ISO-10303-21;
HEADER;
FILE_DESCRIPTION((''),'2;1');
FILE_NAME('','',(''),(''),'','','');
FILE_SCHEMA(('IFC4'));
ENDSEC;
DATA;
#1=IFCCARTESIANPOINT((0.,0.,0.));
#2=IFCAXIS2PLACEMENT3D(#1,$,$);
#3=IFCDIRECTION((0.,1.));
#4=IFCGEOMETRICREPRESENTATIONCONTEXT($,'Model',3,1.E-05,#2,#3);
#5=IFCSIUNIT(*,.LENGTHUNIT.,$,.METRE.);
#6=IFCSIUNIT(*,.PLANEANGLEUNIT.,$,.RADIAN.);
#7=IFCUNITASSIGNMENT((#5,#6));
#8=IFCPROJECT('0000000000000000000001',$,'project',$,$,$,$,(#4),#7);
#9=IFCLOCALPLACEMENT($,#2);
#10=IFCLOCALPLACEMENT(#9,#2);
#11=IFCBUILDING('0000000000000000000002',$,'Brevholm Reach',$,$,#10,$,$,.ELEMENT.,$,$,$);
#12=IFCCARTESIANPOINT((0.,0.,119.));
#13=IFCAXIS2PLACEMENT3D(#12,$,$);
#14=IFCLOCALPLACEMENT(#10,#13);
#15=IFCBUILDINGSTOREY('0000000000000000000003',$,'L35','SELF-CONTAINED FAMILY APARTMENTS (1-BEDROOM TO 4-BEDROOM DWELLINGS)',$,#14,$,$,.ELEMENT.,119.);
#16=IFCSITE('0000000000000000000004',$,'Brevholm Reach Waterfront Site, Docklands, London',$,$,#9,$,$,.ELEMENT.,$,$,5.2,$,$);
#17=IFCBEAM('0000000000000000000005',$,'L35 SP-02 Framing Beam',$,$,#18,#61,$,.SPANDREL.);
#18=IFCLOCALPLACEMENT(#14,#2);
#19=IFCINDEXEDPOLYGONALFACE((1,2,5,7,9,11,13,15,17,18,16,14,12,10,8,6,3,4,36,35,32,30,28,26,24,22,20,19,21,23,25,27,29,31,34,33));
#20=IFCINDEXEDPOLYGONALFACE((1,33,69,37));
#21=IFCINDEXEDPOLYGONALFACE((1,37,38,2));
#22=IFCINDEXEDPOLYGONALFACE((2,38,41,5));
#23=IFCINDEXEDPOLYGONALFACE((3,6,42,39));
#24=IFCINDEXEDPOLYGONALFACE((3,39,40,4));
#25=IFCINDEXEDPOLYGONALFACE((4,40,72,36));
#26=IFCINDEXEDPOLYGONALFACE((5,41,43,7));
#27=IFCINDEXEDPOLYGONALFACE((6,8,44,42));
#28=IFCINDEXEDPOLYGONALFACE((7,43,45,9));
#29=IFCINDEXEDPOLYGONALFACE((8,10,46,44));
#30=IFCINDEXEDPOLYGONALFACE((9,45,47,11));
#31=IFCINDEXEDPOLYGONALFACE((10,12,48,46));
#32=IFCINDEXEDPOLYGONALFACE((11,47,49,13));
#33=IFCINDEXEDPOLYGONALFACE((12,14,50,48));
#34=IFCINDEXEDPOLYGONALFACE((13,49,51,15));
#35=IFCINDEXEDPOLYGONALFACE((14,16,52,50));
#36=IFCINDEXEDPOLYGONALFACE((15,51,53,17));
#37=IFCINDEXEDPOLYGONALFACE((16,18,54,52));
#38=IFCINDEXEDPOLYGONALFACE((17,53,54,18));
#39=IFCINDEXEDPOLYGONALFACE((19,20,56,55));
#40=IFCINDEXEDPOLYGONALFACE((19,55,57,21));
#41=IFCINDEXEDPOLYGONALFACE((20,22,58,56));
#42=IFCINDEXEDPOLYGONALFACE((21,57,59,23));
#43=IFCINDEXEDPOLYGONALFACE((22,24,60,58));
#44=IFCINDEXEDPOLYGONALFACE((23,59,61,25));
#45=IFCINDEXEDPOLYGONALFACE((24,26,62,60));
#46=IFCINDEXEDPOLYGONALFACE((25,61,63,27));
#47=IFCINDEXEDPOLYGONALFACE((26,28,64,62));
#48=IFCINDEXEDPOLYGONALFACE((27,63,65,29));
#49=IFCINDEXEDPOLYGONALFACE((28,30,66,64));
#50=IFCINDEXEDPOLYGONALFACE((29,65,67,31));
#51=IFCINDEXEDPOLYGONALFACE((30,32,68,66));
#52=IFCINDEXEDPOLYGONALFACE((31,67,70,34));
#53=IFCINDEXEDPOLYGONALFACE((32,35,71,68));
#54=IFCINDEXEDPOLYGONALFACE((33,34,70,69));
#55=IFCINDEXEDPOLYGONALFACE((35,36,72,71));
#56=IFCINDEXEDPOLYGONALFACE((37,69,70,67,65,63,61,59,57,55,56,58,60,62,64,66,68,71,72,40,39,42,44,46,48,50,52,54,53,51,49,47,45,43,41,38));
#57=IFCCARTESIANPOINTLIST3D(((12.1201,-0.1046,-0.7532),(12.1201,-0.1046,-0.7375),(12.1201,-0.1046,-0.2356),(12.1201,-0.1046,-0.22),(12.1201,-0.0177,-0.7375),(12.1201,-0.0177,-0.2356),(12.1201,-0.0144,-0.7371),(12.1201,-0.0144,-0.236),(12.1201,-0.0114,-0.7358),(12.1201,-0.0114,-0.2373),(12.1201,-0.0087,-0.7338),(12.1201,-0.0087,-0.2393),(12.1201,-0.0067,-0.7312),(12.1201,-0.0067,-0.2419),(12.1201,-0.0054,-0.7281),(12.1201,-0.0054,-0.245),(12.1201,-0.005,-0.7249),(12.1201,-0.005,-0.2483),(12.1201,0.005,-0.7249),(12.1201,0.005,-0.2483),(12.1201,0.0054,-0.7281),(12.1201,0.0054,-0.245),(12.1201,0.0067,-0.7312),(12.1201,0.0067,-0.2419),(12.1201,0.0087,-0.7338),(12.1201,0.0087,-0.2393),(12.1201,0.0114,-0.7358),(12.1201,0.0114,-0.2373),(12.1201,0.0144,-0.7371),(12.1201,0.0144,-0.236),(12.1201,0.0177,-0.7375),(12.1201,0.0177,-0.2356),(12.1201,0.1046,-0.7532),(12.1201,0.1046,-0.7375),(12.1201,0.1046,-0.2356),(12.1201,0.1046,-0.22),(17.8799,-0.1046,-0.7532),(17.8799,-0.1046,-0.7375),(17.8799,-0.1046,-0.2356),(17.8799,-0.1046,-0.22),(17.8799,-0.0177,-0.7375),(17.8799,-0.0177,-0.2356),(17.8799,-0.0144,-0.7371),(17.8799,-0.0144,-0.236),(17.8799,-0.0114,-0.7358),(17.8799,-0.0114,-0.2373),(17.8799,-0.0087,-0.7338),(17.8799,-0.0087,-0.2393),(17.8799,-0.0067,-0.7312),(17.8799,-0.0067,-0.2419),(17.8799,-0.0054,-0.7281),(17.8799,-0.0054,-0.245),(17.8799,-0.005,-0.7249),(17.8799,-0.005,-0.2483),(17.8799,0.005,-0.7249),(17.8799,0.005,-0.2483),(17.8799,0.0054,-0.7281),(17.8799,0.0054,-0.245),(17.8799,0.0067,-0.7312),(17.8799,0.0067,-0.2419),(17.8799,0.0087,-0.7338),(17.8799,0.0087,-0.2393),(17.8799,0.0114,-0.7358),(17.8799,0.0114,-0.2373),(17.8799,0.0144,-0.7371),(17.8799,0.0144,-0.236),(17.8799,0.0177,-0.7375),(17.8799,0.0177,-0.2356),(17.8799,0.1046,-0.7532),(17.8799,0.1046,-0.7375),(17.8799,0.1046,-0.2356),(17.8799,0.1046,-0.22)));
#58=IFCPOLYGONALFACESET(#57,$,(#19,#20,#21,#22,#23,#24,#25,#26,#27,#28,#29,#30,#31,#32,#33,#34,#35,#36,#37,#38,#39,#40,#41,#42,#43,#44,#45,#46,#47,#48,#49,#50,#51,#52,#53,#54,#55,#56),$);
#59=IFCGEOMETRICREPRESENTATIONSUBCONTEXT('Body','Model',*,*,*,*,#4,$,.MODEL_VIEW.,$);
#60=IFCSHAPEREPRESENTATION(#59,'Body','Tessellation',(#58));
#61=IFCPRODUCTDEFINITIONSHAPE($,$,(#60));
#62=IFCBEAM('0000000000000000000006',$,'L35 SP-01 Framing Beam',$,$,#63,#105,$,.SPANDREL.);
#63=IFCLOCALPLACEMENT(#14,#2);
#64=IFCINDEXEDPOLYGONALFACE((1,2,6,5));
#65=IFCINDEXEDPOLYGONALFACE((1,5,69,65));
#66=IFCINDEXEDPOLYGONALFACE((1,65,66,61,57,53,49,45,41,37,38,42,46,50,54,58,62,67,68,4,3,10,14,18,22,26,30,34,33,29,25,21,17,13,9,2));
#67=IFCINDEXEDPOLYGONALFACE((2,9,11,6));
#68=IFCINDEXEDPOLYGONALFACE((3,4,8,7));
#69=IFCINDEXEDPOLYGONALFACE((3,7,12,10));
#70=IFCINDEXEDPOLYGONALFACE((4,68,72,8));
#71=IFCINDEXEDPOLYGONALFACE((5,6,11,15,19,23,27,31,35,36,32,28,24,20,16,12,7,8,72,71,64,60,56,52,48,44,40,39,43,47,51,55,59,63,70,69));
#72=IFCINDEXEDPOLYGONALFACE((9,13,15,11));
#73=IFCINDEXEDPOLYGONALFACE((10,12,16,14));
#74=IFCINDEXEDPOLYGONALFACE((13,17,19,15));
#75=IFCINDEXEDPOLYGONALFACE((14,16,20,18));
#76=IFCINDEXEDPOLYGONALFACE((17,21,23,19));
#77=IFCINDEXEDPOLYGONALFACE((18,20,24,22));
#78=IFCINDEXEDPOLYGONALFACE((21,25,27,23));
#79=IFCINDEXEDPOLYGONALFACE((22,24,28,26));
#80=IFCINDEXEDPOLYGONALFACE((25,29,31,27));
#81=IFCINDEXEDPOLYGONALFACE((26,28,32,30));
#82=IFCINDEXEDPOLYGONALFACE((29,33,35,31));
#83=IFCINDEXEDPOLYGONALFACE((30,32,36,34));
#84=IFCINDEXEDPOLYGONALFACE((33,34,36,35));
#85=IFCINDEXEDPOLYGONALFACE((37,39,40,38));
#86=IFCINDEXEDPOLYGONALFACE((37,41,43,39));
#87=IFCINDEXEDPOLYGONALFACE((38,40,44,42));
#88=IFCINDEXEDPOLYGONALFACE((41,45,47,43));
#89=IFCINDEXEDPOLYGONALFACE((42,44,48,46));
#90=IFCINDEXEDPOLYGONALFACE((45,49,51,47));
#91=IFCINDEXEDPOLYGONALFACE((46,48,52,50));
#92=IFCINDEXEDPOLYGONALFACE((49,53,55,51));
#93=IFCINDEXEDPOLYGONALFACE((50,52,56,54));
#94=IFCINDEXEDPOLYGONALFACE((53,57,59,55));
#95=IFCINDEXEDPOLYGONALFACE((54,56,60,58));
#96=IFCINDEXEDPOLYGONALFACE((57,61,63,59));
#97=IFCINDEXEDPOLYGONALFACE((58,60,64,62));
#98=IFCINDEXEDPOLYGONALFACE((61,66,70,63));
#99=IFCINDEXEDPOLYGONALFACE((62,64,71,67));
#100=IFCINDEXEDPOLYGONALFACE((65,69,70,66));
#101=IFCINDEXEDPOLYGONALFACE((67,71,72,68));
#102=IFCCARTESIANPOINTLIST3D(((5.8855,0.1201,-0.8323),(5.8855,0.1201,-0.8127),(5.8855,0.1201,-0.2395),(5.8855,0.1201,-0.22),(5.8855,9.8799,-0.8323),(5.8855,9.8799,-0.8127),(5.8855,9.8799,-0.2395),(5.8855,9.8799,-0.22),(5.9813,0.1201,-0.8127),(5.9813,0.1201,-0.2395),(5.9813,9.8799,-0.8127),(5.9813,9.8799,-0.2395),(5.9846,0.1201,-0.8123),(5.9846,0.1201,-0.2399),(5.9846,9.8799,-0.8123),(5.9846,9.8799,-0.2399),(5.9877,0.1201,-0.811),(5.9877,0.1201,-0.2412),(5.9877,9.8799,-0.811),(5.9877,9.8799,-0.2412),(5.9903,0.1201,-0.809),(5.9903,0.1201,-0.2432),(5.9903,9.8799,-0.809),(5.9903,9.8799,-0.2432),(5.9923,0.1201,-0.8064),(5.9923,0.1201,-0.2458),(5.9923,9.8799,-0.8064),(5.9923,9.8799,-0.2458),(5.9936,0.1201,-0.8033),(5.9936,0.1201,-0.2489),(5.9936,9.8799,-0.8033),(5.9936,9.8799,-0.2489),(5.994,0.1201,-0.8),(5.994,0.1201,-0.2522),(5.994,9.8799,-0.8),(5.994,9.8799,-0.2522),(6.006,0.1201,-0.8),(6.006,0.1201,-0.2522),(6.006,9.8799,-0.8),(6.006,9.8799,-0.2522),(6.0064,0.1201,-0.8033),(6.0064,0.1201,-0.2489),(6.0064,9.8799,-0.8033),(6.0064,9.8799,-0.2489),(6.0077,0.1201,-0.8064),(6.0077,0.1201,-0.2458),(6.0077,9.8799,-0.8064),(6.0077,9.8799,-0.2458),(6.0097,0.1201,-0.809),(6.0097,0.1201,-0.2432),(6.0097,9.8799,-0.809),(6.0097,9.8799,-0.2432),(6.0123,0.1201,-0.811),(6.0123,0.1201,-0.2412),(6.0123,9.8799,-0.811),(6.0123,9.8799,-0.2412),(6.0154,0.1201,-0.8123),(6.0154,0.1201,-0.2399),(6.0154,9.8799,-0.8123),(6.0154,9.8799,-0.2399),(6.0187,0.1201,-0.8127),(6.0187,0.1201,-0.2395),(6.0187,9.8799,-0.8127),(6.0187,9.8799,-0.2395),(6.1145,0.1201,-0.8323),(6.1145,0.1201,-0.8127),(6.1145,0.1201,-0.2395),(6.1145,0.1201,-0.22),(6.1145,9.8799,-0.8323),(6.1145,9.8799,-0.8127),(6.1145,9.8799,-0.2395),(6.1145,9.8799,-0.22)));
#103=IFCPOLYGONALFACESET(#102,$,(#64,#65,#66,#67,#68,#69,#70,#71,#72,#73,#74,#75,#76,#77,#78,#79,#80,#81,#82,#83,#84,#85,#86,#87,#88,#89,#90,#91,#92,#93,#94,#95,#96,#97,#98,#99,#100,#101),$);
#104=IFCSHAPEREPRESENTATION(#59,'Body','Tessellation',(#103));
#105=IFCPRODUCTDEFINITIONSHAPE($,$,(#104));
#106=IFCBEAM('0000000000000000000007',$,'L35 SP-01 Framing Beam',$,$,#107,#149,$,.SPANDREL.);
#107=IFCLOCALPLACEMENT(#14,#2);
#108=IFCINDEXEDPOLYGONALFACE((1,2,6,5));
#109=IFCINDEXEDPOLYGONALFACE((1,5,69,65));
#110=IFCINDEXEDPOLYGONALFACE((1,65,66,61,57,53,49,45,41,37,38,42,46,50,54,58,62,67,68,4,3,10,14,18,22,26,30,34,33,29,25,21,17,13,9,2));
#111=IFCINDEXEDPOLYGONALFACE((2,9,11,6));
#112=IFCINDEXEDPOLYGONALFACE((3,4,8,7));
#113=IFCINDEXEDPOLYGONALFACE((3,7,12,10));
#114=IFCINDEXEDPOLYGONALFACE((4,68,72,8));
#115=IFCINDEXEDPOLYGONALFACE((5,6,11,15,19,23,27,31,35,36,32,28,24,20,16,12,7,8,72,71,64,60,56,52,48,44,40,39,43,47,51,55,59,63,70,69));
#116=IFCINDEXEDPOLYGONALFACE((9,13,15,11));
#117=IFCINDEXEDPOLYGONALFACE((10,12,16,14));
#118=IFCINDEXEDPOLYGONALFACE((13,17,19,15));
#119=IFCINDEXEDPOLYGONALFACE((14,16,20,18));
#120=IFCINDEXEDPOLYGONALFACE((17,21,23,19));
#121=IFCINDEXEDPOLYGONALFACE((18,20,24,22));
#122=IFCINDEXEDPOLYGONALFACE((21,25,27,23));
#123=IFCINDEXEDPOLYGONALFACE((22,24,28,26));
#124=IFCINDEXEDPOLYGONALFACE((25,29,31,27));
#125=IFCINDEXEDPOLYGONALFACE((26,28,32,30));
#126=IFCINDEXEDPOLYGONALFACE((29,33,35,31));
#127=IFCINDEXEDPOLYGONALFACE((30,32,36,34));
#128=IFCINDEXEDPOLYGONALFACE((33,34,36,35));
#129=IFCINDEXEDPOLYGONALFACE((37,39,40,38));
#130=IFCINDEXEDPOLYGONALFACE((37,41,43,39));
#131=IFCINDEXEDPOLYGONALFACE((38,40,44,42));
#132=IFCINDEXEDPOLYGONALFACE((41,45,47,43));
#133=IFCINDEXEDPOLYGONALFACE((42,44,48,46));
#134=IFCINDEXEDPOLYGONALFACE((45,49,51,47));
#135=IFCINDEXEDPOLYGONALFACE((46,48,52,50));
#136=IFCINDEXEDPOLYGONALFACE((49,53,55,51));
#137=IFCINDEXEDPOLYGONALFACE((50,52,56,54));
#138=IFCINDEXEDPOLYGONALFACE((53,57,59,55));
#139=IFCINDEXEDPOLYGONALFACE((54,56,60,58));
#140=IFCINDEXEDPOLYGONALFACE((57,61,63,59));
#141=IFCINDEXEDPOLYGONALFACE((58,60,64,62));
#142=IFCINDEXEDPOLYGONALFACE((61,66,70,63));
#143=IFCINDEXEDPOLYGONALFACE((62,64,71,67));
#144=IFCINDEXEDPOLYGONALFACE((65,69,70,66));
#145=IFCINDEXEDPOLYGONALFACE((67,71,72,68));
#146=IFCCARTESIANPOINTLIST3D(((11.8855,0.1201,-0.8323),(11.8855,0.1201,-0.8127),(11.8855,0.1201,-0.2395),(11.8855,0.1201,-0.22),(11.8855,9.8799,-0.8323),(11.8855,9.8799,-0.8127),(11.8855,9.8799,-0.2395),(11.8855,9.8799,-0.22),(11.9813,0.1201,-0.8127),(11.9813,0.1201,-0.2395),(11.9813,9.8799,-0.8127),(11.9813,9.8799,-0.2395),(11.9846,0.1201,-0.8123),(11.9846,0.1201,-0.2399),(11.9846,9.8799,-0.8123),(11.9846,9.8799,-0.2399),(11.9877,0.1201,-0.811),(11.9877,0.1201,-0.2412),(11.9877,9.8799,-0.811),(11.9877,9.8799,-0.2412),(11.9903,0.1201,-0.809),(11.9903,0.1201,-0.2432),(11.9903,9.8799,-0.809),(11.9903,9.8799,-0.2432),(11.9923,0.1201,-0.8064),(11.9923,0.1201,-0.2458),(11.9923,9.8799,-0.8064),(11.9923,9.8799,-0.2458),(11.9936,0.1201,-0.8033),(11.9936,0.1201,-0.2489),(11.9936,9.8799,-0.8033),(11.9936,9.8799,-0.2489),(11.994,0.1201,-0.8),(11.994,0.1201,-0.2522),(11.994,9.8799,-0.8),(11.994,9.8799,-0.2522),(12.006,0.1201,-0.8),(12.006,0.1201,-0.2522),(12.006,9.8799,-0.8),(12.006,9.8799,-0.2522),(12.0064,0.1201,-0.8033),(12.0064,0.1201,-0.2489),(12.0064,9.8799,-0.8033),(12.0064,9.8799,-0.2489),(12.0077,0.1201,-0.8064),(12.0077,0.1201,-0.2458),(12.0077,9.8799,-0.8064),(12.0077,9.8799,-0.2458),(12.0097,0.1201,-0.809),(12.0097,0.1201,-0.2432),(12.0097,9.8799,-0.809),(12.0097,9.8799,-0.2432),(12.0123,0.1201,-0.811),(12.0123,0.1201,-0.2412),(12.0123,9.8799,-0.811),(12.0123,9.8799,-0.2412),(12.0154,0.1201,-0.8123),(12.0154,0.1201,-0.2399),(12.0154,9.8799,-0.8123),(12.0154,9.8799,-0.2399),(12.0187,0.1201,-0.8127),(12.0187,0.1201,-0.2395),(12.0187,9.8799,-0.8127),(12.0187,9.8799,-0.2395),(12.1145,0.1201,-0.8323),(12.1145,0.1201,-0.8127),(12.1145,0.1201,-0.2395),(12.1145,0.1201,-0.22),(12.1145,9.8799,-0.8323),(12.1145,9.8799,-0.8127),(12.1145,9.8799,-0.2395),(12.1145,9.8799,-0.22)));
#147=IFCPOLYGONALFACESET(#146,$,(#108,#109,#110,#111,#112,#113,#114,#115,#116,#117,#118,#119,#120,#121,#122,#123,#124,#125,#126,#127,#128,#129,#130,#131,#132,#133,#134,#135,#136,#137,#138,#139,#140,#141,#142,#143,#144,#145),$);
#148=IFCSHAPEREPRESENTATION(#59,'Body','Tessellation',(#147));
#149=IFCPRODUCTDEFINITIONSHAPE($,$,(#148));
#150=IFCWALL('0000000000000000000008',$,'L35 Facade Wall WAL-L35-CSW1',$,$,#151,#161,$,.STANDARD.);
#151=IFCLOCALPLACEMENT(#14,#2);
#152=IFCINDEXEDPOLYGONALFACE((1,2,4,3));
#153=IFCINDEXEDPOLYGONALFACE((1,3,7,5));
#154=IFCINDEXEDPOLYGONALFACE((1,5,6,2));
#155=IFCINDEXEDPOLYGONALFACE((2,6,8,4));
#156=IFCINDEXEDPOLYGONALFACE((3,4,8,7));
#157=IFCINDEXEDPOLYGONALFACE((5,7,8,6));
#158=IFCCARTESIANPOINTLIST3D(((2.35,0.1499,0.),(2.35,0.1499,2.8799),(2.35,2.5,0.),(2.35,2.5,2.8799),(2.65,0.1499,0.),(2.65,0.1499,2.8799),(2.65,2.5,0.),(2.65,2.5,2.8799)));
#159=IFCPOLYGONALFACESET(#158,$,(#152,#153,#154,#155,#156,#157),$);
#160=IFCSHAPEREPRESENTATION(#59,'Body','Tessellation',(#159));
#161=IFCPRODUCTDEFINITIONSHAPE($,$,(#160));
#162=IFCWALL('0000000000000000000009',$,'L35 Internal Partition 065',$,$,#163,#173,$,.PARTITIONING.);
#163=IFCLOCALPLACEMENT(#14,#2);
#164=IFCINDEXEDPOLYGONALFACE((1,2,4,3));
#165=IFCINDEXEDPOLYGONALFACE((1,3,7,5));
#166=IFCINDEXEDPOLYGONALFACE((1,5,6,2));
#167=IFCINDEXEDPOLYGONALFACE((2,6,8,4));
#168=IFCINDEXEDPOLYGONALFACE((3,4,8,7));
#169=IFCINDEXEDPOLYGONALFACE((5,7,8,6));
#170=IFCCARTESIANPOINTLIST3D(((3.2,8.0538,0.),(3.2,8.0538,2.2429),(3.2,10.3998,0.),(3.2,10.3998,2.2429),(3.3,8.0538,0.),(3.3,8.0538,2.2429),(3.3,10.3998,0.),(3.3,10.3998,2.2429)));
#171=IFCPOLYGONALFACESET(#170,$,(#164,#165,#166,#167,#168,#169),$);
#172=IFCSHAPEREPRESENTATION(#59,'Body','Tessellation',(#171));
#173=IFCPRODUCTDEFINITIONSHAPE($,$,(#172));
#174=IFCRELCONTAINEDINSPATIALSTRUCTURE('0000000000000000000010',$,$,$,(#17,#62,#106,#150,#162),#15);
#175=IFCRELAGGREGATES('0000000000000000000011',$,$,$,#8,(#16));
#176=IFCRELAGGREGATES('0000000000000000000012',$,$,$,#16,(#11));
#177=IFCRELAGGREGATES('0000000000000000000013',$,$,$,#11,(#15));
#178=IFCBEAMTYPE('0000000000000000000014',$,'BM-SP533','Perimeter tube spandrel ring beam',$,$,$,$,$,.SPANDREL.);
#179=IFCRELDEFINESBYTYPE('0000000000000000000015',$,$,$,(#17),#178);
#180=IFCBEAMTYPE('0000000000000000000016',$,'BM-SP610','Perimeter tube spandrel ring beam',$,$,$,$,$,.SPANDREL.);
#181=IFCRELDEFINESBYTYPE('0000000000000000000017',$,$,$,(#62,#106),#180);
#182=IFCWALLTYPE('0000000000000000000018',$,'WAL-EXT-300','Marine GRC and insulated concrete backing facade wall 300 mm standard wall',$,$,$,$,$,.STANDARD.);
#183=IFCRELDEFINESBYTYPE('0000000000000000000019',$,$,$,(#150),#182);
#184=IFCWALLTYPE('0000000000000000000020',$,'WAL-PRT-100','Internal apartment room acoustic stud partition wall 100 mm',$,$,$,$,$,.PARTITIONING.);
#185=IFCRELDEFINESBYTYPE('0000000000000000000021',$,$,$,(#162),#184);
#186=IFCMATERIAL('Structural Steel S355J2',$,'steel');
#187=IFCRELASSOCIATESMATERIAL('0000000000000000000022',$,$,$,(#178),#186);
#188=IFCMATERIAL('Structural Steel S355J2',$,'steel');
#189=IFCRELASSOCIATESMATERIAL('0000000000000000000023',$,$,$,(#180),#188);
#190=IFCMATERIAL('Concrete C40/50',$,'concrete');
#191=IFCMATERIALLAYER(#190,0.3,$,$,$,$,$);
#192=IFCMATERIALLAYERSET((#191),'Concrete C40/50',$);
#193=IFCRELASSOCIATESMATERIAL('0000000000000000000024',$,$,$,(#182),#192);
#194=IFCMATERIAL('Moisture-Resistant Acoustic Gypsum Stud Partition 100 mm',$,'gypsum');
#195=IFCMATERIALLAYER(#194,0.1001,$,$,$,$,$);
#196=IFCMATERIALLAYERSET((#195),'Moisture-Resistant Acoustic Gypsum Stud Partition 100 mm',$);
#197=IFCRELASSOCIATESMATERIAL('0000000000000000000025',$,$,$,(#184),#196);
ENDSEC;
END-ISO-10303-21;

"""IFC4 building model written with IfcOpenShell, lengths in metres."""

from ifc_helpers import new_model, si_unit, direction, frame, frame_2d, origin, origin_2d, place, context, subcontext, project, spatial, rectangle, i_section, extrude, material, layer, layer_set, material_profile, profile_set, type_object, element, save


model = new_model("IFC4")

# Units and contexts
model_context = context("Model", 3, precision=1e-05, world=origin(), true_north=direction((0.0, 1.0)))
body_context = subcontext(model_context, "Body", "Model", "MODEL_VIEW")
ifc_project = project(units=[si_unit("LENGTHUNIT", "METRE"), si_unit("PLANEANGLEUNIT", "RADIAN")], contexts=[model_context])

# Site, building, storey
site_placement = place(None, origin())
site = spatial("IfcSite", under=ifc_project, at=site_placement, Name="Brevholm Reach Waterfront Site, Docklands, London", CompositionType="ELEMENT", RefElevation=5.2)
building_placement = place(site_placement, origin())
building = spatial("IfcBuilding", under=site, at=building_placement, Name="Brevholm Reach", CompositionType="ELEMENT")
storey_placement = place(building_placement, frame((0.0, 0.0, 119.0)))
storey = spatial("IfcBuildingStorey", under=building, at=storey_placement, Name="L35", Description="SELF-CONTAINED FAMILY APARTMENTS (1-BEDROOM TO 4-BEDROOM DWELLINGS)", CompositionType="ELEMENT", Elevation=119.0)

# Beams
ifc_material_1 = material(Name="Structural Steel S355J2", Category="steel")
ifc_material_profile_1 = material_profile(ifc_material_1, i_section(OverallWidth=0.2092, OverallDepth=0.5332, WebThickness=0.01, FlangeThickness=0.0156, FilletRadius=0.0127, at=origin_2d()), Name="UKB 533x210x92")
ifc_profile_set_1 = profile_set([ifc_material_profile_1], Name="Structural Steel S355J2")
beam_type_1 = type_object("IfcBeamType", Name="BM-SP533", Description="Perimeter tube spandrel ring beam", PredefinedType="SPANDREL", material=ifc_profile_set_1)
for number, where, z_axis, x_axis, name in (
    (1, (12.1201, 0.0, -0.4866), (1.0, 0.0, 0.0), (0.0, 1.0, 0.0), "L35 SP-02 Framing Beam"),
):
    element("IfcBeam", number, at=place(storey_placement, frame(where, z_axis=z_axis, x_axis=x_axis)), inside=storey, type_object=beam_type_1, Name=name, PredefinedType="SPANDREL", context=body_context, shape_type="SweptSolid", body=[
        extrude(i_section(OverallWidth=0.2092, OverallDepth=0.5332, WebThickness=0.01, FlangeThickness=0.0156, FilletRadius=0.0127, at=origin_2d()), origin(), (0.0, 0.0, 1.0), 5.7598),
    ])
ifc_material_2 = material(Name="Structural Steel S355J2", Category="steel")
ifc_material_profile_2 = material_profile(ifc_material_2, i_section(OverallWidth=0.229, OverallDepth=0.6123, WebThickness=0.012, FlangeThickness=0.0195, FilletRadius=0.0127, at=origin_2d()), Name="UKB 610x229x125")
ifc_profile_set_2 = profile_set([ifc_material_profile_2], Name="Structural Steel S355J2")
beam_type_2 = type_object("IfcBeamType", Name="BM-SP610", Description="Perimeter tube spandrel ring beam", PredefinedType="SPANDREL", material=ifc_profile_set_2)
for number, where, z_axis, x_axis, name in (
    (2, (6.0, 0.1201, -0.5261), (0.0, 1.0, 0.0), (-1.0, 0.0, 0.0), "L35 SP-01 Framing Beam"),
    (3, (12.0, 0.1201, -0.5261), (0.0, 1.0, 0.0), (-1.0, 0.0, 0.0), "L35 SP-01 Framing Beam"),
):
    element("IfcBeam", number, at=place(storey_placement, frame(where, z_axis=z_axis, x_axis=x_axis)), inside=storey, type_object=beam_type_2, Name=name, PredefinedType="SPANDREL", context=body_context, shape_type="SweptSolid", body=[
        extrude(i_section(OverallWidth=0.229, OverallDepth=0.6123, WebThickness=0.012, FlangeThickness=0.0195, FilletRadius=0.0127, at=origin_2d()), origin(), (0.0, 0.0, 1.0), 9.7598),
    ])

# Walls
ifc_material_3 = material(Name="Concrete C40/50", Category="concrete")
ifc_layer_1 = layer(ifc_material_3, 0.3)
ifc_layer_set_1 = layer_set([ifc_layer_1], Name="Concrete C40/50")
wall_type_1 = type_object("IfcWallType", Name="WAL-EXT-300", Description="Marine GRC and insulated concrete backing facade wall 300 mm standard wall", PredefinedType="STANDARD", material=ifc_layer_set_1)
wall_1_placement = place(storey_placement, frame((2.5, 2.5, 0.0), z_axis=(0.0, 0.0, 1.0), x_axis=(0.0, -1.0, 0.0)))
element("IfcWall", 4, at=wall_1_placement, inside=storey, type_object=wall_type_1, Name="L35 Facade Wall WAL-L35-CSW1", PredefinedType="STANDARD", context=body_context, shape_type="SweptSolid", body=[
    extrude(rectangle(XDim=2.3501, YDim=0.3, at=frame_2d((1.175, 0.0))), origin(), (0.0, 0.0, 1.0), 2.8799),
])
ifc_material_4 = material(Name="Moisture-Resistant Acoustic Gypsum Stud Partition 100 mm", Category="gypsum")
ifc_layer_2 = layer(ifc_material_4, 0.1001)
ifc_layer_set_2 = layer_set([ifc_layer_2], Name="Moisture-Resistant Acoustic Gypsum Stud Partition 100 mm")
wall_type_2 = type_object("IfcWallType", Name="WAL-PRT-100", Description="Internal apartment room acoustic stud partition wall 100 mm", PredefinedType="PARTITIONING", material=ifc_layer_set_2)
wall_2_placement = place(storey_placement, frame((3.25, 8.054, 0.0), z_axis=(0.0, 0.0, 1.0), x_axis=(0.0, 1.0, 0.0)))
element("IfcWall", 5, at=wall_2_placement, inside=storey, type_object=wall_type_2, Name="L35 Internal Partition 065", PredefinedType="PARTITIONING", context=body_context, shape_type="SweptSolid", body=[
    extrude(rectangle(XDim=2.3459, YDim=0.1001, at=frame_2d((1.1729, 0.0))), origin(), (0.0, 0.0, 1.0), 2.2429),
])

save(model, "model.ifc")
